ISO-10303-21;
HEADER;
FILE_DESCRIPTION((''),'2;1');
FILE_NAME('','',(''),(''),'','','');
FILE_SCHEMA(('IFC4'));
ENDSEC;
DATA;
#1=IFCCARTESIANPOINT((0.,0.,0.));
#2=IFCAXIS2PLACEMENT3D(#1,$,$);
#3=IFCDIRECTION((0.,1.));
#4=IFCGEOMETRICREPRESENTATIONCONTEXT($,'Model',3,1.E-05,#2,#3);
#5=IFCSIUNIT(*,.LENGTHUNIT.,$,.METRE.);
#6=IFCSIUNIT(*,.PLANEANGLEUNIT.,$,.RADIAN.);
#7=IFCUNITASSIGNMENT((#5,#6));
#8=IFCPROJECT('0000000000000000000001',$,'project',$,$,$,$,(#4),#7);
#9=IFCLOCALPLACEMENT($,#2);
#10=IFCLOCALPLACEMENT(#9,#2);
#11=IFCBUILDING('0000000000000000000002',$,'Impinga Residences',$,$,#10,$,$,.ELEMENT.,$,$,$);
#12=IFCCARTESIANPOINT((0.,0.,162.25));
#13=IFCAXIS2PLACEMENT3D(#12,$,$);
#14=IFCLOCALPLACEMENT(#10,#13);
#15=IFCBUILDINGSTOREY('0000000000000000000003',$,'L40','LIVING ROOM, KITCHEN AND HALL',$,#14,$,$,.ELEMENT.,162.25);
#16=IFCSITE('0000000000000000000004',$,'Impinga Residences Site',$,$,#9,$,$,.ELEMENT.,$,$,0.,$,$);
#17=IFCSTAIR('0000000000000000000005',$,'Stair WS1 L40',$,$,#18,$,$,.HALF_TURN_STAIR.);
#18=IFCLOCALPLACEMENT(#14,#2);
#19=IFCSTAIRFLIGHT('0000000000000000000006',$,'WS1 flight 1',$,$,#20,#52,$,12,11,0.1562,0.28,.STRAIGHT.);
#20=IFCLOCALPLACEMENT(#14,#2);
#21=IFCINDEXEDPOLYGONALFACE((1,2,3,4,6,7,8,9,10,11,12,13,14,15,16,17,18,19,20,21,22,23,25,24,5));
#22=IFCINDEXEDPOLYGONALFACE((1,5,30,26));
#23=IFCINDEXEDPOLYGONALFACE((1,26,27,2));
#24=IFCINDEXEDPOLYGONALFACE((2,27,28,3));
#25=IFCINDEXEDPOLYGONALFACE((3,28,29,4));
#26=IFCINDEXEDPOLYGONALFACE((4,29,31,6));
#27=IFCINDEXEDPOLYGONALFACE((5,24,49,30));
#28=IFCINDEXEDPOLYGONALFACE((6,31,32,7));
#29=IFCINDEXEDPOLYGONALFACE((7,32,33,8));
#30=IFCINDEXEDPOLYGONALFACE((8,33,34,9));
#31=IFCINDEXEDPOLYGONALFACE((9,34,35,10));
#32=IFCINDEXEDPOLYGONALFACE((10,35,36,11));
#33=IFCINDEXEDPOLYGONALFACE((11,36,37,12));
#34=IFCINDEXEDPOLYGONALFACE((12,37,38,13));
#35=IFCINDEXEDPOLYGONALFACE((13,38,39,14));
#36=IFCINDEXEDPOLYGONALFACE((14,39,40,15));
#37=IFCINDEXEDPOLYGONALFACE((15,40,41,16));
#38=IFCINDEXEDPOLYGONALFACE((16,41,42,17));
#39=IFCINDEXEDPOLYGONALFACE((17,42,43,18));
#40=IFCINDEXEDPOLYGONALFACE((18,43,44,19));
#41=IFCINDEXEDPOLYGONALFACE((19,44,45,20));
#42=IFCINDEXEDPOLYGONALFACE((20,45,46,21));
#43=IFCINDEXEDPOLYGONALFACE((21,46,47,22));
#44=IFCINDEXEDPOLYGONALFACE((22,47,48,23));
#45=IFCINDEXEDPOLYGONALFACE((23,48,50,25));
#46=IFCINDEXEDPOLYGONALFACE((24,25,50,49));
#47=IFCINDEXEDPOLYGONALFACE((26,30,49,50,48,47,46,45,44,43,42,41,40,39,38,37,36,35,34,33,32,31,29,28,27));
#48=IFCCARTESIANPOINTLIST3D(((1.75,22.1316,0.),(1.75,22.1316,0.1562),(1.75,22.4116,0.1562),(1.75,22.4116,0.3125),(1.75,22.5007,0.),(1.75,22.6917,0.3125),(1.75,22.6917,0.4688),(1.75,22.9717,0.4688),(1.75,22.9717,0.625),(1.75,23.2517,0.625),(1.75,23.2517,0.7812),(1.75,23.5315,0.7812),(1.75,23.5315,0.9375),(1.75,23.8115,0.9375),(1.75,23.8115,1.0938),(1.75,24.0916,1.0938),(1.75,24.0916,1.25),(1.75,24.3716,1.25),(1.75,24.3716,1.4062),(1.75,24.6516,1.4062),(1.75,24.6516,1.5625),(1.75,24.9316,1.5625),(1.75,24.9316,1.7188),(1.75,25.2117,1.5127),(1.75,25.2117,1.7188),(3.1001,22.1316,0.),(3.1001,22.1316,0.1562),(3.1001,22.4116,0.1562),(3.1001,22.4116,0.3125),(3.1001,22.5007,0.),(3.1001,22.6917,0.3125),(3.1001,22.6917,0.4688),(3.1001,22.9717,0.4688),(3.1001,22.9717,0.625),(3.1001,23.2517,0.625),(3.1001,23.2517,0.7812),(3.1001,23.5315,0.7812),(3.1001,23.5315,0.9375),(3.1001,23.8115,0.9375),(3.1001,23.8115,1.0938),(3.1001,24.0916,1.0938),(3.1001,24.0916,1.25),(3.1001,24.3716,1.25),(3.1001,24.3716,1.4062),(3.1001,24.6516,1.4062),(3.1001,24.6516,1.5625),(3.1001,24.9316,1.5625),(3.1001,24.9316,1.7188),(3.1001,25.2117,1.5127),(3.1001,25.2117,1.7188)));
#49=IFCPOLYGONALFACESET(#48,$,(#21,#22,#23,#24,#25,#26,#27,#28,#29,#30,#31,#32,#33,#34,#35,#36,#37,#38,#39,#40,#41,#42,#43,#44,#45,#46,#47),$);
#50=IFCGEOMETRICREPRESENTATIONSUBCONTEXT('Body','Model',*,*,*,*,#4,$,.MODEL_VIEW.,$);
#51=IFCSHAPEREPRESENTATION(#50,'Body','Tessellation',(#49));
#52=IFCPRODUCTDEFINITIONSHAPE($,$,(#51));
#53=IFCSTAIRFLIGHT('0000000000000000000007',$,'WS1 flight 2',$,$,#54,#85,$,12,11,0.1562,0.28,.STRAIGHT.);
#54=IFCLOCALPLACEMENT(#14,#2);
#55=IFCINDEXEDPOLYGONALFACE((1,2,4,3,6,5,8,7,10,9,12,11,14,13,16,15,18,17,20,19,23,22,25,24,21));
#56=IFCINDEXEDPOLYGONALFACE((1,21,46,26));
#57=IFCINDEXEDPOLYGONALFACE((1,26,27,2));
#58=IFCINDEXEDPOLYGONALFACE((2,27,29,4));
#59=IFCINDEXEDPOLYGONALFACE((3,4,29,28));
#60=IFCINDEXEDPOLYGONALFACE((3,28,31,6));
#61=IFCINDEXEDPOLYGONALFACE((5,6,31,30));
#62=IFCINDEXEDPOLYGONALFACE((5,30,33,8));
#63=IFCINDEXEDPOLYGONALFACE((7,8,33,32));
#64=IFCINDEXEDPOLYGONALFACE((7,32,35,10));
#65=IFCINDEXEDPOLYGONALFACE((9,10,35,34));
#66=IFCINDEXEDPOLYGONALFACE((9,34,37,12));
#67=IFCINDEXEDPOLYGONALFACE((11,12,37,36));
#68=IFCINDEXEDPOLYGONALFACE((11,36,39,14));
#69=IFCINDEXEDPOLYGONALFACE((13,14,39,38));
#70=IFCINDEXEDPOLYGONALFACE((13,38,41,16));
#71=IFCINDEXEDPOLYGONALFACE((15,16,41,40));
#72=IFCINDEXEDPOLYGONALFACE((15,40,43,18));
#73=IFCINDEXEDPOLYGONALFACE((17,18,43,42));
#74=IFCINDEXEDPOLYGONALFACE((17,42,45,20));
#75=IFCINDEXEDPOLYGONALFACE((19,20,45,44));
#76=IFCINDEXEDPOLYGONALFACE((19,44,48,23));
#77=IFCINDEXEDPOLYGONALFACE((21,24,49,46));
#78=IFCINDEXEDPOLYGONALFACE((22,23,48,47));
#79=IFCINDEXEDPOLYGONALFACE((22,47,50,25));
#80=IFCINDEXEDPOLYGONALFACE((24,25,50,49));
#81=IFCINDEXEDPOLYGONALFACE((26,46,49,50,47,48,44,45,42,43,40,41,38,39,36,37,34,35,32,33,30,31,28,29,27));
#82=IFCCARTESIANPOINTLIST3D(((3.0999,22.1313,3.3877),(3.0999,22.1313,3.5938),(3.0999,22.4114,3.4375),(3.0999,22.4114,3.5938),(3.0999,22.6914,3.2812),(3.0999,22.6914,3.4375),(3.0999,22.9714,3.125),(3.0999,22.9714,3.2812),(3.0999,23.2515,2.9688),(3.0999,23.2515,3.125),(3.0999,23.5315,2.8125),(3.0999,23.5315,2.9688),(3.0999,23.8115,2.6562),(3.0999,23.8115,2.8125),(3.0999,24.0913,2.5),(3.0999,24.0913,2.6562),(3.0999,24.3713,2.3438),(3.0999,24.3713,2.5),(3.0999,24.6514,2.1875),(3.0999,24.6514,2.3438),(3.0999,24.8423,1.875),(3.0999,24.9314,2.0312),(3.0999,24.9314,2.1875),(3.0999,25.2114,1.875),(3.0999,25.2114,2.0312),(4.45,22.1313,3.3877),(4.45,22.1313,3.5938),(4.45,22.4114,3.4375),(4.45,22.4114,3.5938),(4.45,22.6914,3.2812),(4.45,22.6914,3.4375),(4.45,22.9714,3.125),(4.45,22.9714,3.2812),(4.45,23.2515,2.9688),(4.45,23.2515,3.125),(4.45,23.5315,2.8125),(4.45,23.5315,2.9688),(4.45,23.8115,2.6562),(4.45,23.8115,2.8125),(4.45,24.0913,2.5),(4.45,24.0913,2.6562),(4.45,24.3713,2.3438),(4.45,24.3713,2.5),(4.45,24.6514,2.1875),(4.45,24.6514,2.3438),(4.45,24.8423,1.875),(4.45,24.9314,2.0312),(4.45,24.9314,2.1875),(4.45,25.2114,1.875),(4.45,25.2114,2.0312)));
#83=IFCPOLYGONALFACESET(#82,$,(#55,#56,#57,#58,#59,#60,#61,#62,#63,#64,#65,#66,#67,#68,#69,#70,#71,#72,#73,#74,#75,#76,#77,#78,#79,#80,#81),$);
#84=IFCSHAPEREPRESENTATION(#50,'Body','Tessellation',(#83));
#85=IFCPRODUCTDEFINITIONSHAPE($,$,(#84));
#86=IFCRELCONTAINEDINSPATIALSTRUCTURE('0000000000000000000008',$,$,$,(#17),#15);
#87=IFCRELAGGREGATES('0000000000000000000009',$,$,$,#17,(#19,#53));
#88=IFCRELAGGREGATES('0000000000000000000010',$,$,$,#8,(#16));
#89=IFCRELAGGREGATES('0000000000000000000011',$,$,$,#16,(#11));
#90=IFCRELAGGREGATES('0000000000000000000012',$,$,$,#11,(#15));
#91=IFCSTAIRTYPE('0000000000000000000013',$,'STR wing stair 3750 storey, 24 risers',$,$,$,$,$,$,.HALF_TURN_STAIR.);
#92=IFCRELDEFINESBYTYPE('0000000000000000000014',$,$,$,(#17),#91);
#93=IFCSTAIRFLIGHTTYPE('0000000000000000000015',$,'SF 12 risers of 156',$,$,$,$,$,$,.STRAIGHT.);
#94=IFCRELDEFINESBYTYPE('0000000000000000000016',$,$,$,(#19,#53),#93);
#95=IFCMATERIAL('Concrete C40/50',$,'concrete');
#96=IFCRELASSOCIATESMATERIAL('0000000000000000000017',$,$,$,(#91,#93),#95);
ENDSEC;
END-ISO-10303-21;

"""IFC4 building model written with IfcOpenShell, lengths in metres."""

from ifc_helpers import new_model, si_unit, direction, frame, origin, place, context, subcontext, project, spatial, polyline, outline, extrude, material, type_object, element, aggregate, save


model = new_model("IFC4")

# Units and contexts
model_context = context("Model", 3, precision=1e-05, world=origin(), true_north=direction((0.0, 1.0)))
body_context = subcontext(model_context, "Body", "Model", "MODEL_VIEW")
ifc_project = project(units=[si_unit("LENGTHUNIT", "METRE"), si_unit("PLANEANGLEUNIT", "RADIAN")], contexts=[model_context])

# Site, building, storey
site_placement = place(None, origin())
site = spatial("IfcSite", under=ifc_project, at=site_placement, Name="Impinga Residences Site", CompositionType="ELEMENT", RefElevation=0.0)
building_placement = place(site_placement, origin())
building = spatial("IfcBuilding", under=site, at=building_placement, Name="Impinga Residences", CompositionType="ELEMENT")
storey_placement = place(building_placement, frame((0.0, 0.0, 162.25)))
storey = spatial("IfcBuildingStorey", under=building, at=storey_placement, Name="L40", Description="LIVING ROOM, KITCHEN AND HALL", CompositionType="ELEMENT", Elevation=162.25)

# Stair, stair flights
ifc_material_1 = material(Name="Concrete C40/50", Category="concrete")
stair_type = type_object("IfcStairType", Name="STR wing stair 3750 storey, 24 risers", PredefinedType="HALF_TURN_STAIR", material=ifc_material_1)
stair_placement = place(storey_placement, origin())
stair = element("IfcStair", 1, at=stair_placement, inside=storey, type_object=stair_type, Name="Stair WS1 L40", PredefinedType="HALF_TURN_STAIR")
stair_flight_type = type_object("IfcStairFlightType", Name="SF 12 risers of 156", PredefinedType="STRAIGHT", material=ifc_material_1)
stair_flight_1_placement = place(storey_placement, frame((2.425, 22.1316, 0.0), z_axis=(0.0, 0.0, 1.0), x_axis=(0.0, 1.0, 0.0)))
stair_flight_1 = element("IfcStairFlight", 2, at=stair_flight_1_placement, type_object=stair_flight_type, Name="WS1 flight 1", NumberOfRisers=12, NumberOfTreads=11, PredefinedType="STRAIGHT", RiserHeight=0.1562, TreadLength=0.28, context=body_context, shape_type="SweptSolid", body=[
    extrude(outline(polyline([(0.0, 0.0), (0.0, 0.1562), (0.28, 0.1562), (0.28, 0.3125), (0.5601, 0.3125), (0.5601, 0.4688), (0.8401, 0.4688), (0.8401, 0.625), (1.1201, 0.625), (1.1201, 0.7812), (1.3999, 0.7812), (1.3999, 0.9375), (1.6799, 0.9375), (1.6799, 1.0938), (1.96, 1.0938), (1.96, 1.25), (2.24, 1.25), (2.24, 1.4062), (2.52, 1.4062), (2.52, 1.5625), (2.8, 1.5625), (2.8, 1.7188), (3.0801, 1.7188), (3.0801, 1.875), (3.0801, 1.5127), (0.3691, 0.0), (0.0, 0.0)])), frame((0.0, 0.675, 0.0), z_axis=(0.0, -1.0, 0.0), x_axis=(1.0, 0.0, 0.0)), (0.0, 0.0, 1.0), 1.3501),
])
stair_flight_2_placement = place(storey_placement, frame((3.7749, 25.2114, 1.875), z_axis=(0.0, 0.0, 1.0), x_axis=(0.0, -1.0, 0.0)))
stair_flight_2 = element("IfcStairFlight", 3, at=stair_flight_2_placement, type_object=stair_flight_type, Name="WS1 flight 2", NumberOfRisers=12, NumberOfTreads=11, PredefinedType="STRAIGHT", RiserHeight=0.1562, TreadLength=0.28, context=body_context, shape_type="SweptSolid", body=[
    extrude(outline(polyline([(0.0, 0.0), (0.0, 0.1562), (0.28, 0.1562), (0.28, 0.3125), (0.5601, 0.3125), (0.5601, 0.4688), (0.8401, 0.4688), (0.8401, 0.625), (1.1201, 0.625), (1.1201, 0.7812), (1.3999, 0.7812), (1.3999, 0.9375), (1.6799, 0.9375), (1.6799, 1.0938), (1.96, 1.0938), (1.96, 1.25), (2.24, 1.25), (2.24, 1.4062), (2.52, 1.4062), (2.52, 1.5625), (2.8, 1.5625), (2.8, 1.7188), (3.0801, 1.7188), (3.0801, 1.875), (3.0801, 1.5127), (0.3691, 0.0), (0.0, 0.0)])), frame((0.0, 0.675, 0.0), z_axis=(0.0, -1.0, 0.0), x_axis=(1.0, 0.0, 0.0)), (0.0, 0.0, 1.0), 1.3501),
])
aggregate(stair, [stair_flight_1, stair_flight_2])

save(model, "model.ifc")
